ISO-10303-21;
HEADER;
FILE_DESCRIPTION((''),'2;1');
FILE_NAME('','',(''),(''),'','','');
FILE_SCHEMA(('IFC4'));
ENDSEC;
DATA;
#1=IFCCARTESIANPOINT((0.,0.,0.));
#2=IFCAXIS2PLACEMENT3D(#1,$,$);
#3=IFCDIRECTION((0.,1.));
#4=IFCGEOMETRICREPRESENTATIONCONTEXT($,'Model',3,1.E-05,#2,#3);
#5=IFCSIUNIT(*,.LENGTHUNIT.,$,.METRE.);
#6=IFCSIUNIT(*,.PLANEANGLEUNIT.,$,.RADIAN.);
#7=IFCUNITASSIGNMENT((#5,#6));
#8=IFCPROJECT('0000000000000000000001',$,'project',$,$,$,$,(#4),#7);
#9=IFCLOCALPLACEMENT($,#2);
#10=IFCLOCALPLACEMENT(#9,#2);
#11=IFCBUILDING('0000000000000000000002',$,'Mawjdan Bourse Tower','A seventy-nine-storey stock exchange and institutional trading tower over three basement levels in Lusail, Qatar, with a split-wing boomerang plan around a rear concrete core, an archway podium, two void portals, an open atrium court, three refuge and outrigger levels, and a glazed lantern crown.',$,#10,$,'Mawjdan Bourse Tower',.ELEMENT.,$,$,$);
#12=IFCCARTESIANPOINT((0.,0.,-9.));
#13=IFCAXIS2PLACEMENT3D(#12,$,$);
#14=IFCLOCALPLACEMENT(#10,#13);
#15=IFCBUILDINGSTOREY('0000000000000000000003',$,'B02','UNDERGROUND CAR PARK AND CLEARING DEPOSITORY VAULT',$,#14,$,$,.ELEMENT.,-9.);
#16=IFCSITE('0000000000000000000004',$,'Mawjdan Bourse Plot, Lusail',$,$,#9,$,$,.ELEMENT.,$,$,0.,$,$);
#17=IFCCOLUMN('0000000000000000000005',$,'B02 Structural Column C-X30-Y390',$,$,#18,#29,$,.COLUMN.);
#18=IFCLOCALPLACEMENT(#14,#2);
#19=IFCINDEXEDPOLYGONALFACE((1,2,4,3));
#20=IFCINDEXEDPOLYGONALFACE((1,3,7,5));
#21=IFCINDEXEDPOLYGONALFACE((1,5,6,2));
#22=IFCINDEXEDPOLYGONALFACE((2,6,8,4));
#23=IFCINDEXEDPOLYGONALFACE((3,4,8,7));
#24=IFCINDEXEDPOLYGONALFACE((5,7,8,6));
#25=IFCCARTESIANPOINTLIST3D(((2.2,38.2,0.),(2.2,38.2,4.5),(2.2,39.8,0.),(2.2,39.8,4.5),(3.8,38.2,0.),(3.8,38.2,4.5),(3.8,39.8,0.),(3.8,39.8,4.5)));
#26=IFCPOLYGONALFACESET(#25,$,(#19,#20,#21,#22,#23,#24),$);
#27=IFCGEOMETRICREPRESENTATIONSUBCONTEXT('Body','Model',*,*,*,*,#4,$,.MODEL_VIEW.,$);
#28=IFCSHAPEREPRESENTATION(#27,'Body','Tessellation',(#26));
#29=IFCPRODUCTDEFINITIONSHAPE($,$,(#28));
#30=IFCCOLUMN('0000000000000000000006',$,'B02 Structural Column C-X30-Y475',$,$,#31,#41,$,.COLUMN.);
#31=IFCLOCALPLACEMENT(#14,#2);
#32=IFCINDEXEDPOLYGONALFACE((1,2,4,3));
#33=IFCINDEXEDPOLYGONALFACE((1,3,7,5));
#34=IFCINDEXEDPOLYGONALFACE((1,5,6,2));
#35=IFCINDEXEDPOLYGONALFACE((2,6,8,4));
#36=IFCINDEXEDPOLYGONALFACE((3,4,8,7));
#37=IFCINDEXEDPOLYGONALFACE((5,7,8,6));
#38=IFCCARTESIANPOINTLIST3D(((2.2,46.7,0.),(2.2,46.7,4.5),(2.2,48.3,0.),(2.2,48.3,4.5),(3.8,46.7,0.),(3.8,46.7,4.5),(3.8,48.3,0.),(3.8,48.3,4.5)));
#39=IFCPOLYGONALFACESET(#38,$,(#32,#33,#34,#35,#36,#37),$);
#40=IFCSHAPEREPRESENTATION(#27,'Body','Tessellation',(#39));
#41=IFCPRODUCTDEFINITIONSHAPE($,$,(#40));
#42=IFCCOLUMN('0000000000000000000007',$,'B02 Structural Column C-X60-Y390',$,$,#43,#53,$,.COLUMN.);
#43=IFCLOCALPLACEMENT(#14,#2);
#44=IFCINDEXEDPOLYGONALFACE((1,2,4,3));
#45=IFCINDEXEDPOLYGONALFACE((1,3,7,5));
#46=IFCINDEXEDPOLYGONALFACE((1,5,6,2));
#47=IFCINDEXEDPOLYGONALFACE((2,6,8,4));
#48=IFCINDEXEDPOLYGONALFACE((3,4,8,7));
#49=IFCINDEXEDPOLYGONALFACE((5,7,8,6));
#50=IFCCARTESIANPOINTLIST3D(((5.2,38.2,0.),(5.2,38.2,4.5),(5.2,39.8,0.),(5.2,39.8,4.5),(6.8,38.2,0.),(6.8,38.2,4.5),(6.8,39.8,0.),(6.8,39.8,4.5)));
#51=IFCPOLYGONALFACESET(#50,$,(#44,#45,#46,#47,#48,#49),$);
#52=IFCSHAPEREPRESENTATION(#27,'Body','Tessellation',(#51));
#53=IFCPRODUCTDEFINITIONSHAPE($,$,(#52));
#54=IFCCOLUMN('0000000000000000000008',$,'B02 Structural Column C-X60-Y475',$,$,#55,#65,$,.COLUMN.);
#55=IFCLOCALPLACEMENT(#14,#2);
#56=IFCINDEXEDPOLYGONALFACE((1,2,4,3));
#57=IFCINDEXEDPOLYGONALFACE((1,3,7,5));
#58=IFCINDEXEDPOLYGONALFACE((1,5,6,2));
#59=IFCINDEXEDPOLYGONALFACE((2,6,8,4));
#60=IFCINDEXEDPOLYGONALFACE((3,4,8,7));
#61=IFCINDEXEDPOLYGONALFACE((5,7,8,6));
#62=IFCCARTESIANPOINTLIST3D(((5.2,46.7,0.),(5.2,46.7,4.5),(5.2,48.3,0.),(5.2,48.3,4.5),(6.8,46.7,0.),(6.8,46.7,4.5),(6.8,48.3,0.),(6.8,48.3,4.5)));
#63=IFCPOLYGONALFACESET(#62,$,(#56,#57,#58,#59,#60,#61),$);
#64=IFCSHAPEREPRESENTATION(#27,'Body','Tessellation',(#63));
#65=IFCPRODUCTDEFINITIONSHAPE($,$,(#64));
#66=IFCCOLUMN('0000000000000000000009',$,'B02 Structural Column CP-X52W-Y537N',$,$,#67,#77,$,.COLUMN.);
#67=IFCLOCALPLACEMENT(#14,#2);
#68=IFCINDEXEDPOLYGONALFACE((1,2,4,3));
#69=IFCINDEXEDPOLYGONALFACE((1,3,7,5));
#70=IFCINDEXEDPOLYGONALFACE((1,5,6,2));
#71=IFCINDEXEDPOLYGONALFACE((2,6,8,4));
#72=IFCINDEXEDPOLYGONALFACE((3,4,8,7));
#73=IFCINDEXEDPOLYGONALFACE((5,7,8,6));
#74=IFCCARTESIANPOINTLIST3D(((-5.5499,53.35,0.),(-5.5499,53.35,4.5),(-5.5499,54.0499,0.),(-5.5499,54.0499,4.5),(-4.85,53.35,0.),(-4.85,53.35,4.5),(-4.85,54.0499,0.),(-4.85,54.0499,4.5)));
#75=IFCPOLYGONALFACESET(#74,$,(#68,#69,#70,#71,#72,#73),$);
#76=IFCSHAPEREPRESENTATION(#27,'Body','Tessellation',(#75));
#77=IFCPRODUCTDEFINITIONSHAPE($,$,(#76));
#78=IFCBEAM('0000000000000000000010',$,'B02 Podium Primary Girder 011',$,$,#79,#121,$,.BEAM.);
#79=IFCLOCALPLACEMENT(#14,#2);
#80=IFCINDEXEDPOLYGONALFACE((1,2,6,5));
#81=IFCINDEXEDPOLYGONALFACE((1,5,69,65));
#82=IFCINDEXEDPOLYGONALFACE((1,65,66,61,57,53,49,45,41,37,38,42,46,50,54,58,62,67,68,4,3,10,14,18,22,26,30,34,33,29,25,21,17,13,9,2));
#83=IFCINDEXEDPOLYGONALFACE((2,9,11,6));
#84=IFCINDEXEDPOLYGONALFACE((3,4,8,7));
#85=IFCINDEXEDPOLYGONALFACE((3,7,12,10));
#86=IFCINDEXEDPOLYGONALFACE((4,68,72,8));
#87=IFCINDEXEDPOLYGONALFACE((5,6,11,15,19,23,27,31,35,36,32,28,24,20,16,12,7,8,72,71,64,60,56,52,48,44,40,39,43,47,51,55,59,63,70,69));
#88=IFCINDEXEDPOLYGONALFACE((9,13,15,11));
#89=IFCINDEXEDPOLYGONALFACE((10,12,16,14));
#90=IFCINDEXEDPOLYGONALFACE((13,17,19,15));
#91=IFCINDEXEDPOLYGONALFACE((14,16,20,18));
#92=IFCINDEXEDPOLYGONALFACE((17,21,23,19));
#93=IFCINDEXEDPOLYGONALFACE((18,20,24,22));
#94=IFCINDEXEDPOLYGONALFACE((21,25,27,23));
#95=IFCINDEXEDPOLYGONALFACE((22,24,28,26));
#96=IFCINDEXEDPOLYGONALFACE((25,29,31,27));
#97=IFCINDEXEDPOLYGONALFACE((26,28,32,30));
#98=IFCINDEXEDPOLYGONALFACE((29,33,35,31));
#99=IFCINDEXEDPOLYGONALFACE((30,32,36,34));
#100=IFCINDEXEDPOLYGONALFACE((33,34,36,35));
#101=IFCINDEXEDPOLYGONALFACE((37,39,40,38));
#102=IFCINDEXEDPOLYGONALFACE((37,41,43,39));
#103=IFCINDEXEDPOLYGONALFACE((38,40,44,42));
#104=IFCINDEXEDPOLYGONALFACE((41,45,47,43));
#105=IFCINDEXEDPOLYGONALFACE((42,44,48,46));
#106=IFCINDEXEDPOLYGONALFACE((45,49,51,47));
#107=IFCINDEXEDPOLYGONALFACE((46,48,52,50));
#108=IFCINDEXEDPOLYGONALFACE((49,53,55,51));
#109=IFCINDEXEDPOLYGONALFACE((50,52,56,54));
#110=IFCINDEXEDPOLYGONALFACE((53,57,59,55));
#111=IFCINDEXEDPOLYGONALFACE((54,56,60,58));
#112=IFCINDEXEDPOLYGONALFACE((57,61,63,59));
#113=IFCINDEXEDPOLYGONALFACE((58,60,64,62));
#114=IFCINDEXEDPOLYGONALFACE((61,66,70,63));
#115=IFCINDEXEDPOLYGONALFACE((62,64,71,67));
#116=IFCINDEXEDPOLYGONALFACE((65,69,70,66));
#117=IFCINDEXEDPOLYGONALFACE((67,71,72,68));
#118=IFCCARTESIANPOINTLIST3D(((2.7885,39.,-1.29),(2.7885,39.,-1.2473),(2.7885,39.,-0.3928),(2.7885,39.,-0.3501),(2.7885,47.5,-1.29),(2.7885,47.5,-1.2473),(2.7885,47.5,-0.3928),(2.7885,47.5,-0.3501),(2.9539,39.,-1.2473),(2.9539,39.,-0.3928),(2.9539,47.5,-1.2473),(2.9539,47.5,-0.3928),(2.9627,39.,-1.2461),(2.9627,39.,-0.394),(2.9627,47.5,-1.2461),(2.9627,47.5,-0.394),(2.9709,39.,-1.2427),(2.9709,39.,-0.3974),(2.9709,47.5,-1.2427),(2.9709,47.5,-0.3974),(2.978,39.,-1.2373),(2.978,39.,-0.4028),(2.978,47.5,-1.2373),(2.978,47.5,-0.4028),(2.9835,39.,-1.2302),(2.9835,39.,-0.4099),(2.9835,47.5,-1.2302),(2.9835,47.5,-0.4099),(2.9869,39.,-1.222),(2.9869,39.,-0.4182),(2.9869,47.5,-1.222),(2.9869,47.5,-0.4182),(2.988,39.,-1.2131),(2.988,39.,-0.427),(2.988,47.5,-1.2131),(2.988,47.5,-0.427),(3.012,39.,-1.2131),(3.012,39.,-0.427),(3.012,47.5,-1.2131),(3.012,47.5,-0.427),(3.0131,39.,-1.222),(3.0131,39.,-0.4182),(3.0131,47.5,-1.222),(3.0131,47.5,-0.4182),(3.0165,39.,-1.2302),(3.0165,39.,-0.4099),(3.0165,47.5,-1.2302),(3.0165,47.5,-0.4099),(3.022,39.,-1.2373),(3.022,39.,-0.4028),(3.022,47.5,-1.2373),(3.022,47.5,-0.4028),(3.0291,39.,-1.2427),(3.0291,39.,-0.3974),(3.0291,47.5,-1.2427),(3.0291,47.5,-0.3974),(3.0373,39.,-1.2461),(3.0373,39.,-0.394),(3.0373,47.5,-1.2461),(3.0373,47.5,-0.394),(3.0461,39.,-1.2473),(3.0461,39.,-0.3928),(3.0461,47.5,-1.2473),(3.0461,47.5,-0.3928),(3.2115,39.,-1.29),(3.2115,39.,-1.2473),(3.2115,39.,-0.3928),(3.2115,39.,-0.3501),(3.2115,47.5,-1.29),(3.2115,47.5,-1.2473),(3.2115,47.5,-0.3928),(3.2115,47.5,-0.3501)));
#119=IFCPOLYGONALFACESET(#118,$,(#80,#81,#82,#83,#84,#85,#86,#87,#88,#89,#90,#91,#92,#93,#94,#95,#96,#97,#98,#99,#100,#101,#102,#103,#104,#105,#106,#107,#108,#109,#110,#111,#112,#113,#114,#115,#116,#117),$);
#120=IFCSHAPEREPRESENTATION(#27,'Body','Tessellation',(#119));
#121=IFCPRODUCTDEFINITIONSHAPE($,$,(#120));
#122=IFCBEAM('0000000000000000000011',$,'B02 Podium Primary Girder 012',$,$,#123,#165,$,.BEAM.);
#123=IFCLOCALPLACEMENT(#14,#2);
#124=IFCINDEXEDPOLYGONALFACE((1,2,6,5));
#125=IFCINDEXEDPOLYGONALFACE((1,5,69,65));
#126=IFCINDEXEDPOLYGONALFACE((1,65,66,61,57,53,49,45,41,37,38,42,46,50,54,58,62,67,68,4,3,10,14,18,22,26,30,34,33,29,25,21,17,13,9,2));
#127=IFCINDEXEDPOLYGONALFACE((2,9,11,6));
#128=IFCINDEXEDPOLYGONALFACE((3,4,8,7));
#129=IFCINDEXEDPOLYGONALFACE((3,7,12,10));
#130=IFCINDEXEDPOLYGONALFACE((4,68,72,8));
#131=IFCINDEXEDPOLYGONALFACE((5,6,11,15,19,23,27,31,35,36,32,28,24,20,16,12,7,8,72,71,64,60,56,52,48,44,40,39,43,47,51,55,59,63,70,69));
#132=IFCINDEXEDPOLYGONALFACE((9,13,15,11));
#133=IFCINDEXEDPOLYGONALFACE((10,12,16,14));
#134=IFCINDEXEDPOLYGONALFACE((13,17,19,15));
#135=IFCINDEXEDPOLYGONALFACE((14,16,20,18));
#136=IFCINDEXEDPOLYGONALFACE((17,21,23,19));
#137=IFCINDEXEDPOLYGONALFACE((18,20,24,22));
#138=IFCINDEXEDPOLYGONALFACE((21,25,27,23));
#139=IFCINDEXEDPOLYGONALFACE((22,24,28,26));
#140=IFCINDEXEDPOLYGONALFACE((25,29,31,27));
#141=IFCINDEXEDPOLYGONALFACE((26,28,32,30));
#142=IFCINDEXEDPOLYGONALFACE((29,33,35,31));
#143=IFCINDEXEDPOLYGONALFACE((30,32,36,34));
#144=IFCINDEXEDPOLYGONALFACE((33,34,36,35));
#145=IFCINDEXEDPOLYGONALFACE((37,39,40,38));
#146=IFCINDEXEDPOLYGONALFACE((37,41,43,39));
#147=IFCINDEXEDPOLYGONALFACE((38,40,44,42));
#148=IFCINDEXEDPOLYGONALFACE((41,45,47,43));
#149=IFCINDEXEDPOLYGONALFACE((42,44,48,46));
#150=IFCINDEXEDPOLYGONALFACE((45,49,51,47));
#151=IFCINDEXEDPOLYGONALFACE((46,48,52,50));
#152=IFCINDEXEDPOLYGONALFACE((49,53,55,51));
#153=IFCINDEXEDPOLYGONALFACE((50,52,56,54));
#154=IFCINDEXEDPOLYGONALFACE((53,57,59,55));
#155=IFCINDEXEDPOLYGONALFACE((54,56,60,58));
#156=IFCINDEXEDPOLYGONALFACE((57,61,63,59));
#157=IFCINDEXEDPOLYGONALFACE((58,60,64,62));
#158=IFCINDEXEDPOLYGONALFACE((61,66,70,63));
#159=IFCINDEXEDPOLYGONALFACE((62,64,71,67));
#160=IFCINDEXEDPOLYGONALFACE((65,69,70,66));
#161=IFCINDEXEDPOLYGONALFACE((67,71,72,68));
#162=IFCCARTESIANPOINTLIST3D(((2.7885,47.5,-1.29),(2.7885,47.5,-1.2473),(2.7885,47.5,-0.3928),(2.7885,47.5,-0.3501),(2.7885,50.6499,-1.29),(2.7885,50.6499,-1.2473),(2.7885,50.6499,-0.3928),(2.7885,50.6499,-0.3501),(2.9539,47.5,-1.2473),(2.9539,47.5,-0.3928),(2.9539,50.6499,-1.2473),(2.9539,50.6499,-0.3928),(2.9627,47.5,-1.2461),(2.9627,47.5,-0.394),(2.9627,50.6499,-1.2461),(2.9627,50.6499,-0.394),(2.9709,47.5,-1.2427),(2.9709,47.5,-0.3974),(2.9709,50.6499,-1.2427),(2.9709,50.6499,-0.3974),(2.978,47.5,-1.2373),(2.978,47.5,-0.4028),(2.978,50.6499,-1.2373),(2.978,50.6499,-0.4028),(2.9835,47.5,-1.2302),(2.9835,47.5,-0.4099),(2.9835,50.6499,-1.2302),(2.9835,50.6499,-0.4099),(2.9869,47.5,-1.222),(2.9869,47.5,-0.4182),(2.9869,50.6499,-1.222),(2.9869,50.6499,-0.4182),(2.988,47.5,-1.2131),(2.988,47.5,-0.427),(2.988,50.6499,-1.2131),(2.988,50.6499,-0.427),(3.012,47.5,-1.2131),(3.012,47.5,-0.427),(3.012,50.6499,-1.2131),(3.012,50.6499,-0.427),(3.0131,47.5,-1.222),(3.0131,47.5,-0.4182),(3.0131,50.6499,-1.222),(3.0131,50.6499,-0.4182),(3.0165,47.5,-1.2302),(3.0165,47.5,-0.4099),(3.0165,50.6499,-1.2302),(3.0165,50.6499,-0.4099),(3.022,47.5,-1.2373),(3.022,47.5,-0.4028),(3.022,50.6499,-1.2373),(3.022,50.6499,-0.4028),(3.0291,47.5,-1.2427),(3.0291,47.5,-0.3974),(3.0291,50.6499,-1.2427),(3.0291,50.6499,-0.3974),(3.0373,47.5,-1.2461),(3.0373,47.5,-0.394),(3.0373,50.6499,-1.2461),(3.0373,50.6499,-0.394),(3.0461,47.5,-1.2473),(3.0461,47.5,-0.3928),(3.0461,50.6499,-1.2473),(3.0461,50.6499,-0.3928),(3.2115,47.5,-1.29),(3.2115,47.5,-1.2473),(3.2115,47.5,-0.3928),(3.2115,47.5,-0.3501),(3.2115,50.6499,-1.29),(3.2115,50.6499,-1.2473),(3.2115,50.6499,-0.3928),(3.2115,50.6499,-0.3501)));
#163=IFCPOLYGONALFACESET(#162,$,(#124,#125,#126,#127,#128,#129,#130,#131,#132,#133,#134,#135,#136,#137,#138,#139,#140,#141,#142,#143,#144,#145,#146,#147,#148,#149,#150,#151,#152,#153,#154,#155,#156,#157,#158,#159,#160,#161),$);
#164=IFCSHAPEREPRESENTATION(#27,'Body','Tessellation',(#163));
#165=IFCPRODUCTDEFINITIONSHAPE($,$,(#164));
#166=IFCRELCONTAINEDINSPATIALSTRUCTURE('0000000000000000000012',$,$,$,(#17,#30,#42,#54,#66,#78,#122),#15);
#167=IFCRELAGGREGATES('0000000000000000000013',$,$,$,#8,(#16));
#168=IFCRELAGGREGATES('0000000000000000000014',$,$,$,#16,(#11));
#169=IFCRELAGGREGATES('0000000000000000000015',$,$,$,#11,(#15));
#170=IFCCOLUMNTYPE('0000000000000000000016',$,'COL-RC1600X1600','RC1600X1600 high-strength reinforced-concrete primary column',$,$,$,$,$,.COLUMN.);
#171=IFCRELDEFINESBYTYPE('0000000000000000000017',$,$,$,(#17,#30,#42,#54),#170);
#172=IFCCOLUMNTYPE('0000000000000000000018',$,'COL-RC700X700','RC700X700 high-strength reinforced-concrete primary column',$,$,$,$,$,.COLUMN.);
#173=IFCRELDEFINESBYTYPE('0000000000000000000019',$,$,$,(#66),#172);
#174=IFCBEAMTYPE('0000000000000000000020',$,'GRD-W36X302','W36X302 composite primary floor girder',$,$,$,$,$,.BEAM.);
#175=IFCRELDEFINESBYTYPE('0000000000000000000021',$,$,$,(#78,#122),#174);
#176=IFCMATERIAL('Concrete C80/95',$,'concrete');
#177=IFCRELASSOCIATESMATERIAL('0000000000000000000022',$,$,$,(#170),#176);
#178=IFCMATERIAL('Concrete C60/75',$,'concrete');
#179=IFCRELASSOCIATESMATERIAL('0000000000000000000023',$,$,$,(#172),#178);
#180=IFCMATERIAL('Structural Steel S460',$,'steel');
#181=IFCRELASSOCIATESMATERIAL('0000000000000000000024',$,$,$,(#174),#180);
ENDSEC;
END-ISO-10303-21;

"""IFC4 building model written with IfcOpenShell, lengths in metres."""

from ifc_helpers import new_model, si_unit, direction, frame, origin, origin_2d, place, context, subcontext, project, spatial, rectangle, i_section, extrude, material, material_profile, profile_set, type_object, element, save


model = new_model("IFC4")

# Units and contexts
model_context = context("Model", 3, precision=1e-05, world=origin(), true_north=direction((0.0, 1.0)))
body_context = subcontext(model_context, "Body", "Model", "MODEL_VIEW")
ifc_project = project(units=[si_unit("LENGTHUNIT", "METRE"), si_unit("PLANEANGLEUNIT", "RADIAN")], contexts=[model_context])

# Site, building, storey
site_placement = place(None, origin())
site = spatial("IfcSite", under=ifc_project, at=site_placement, Name="Mawjdan Bourse Plot, Lusail", CompositionType="ELEMENT", RefElevation=0.0)
building_placement = place(site_placement, origin())
building = spatial("IfcBuilding", under=site, at=building_placement, Name="Mawjdan Bourse Tower", Description="A seventy-nine-storey stock exchange and institutional trading tower over three basement levels in Lusail, Qatar, with a split-wing boomerang plan around a rear concrete core, an archway podium, two void portals, an open atrium court, three refuge and outrigger levels, and a glazed lantern crown.", LongName="Mawjdan Bourse Tower", CompositionType="ELEMENT")
storey_placement = place(building_placement, frame((0.0, 0.0, -9.0)))
storey = spatial("IfcBuildingStorey", under=building, at=storey_placement, Name="B02", Description="UNDERGROUND CAR PARK AND CLEARING DEPOSITORY VAULT", CompositionType="ELEMENT", Elevation=-9.0)

# Columns
ifc_material_1 = material(Name="Concrete C80/95", Category="concrete")
ifc_material_profile_1 = material_profile(ifc_material_1, rectangle(XDim=1.6001, YDim=1.6001, at=origin_2d()), Name="RC1600X1600")
ifc_profile_set_1 = profile_set([ifc_material_profile_1], Name="Concrete C80/95")
column_type_1 = type_object("IfcColumnType", Name="COL-RC1600X1600", Description="RC1600X1600 high-strength reinforced-concrete primary column", PredefinedType="COLUMN", material=ifc_profile_set_1)
for number, where, z_axis, x_axis, name in (
    (1, (3.0, 39.0, 0.0), (0.0, 0.0, 1.0), (1.0, 0.0, 0.0), "B02 Structural Column C-X30-Y390"),
    (2, (3.0, 47.5, 0.0), (0.0, 0.0, 1.0), (1.0, 0.0, 0.0), "B02 Structural Column C-X30-Y475"),
    (3, (6.0, 39.0, 0.0), (0.0, 0.0, 1.0), (1.0, 0.0, 0.0), "B02 Structural Column C-X60-Y390"),
    (4, (6.0, 47.5, 0.0), (0.0, 0.0, 1.0), (1.0, 0.0, 0.0), "B02 Structural Column C-X60-Y475"),
):
    element("IfcColumn", number, at=place(storey_placement, frame(where, z_axis=z_axis, x_axis=x_axis)), inside=storey, type_object=column_type_1, Name=name, PredefinedType="COLUMN", context=body_context, shape_type="SweptSolid", body=[
        extrude(rectangle(XDim=1.6001, YDim=1.6001, at=origin_2d()), origin(), (0.0, 0.0, 1.0), 4.5),
    ])
ifc_material_2 = material(Name="Concrete C60/75", Category="concrete")
ifc_material_profile_2 = material_profile(ifc_material_2, rectangle(XDim=0.7, YDim=0.7, at=origin_2d()), Name="RC700X700")
ifc_profile_set_2 = profile_set([ifc_material_profile_2], Name="Concrete C60/75")
column_type_2 = type_object("IfcColumnType", Name="COL-RC700X700", Description="RC700X700 high-strength reinforced-concrete primary column", PredefinedType="COLUMN", material=ifc_profile_set_2)
column_placement = place(storey_placement, frame((-5.2, 53.7, 0.0), z_axis=(0.0, 0.0, 1.0), x_axis=(1.0, 0.0, 0.0)))
element("IfcColumn", 5, at=column_placement, inside=storey, type_object=column_type_2, Name="B02 Structural Column CP-X52W-Y537N", PredefinedType="COLUMN", context=body_context, shape_type="SweptSolid", body=[
    extrude(rectangle(XDim=0.7, YDim=0.7, at=origin_2d()), origin(), (0.0, 0.0, 1.0), 4.5),
])

# Beams
ifc_material_3 = material(Name="Structural Steel S460", Category="steel")
ifc_material_profile_3 = material_profile(ifc_material_3, i_section(OverallWidth=0.4231, OverallDepth=0.9399, WebThickness=0.0239, FlangeThickness=0.0427, FilletRadius=0.0342, at=origin_2d()), Name="W36X302")
ifc_profile_set_3 = profile_set([ifc_material_profile_3], Name="Structural Steel S460")
beam_type_1 = type_object("IfcBeamType", Name="GRD-W36X302", Description="W36X302 composite primary floor girder", PredefinedType="BEAM", material=ifc_profile_set_3)
beam_1_placement = place(storey_placement, frame((3.0, 39.0, -0.8201), z_axis=(0.0, 1.0, 0.0), x_axis=(-1.0, 0.0, 0.0)))
element("IfcBeam", 6, at=beam_1_placement, inside=storey, type_object=beam_type_1, Name="B02 Podium Primary Girder 011", PredefinedType="BEAM", context=body_context, shape_type="SweptSolid", body=[
    extrude(i_section(OverallWidth=0.4231, OverallDepth=0.9399, WebThickness=0.0239, FlangeThickness=0.0427, FilletRadius=0.0342, at=origin_2d()), origin(), (0.0, 0.0, 1.0), 8.5),
])
beam_2_placement = place(storey_placement, frame((3.0, 47.5, -0.8201), z_axis=(0.0, 1.0, 0.0), x_axis=(-1.0, 0.0, 0.0)))
element("IfcBeam", 7, at=beam_2_placement, inside=storey, type_object=beam_type_1, Name="B02 Podium Primary Girder 012", PredefinedType="BEAM", context=body_context, shape_type="SweptSolid", body=[
    extrude(i_section(OverallWidth=0.4231, OverallDepth=0.9399, WebThickness=0.0239, FlangeThickness=0.0427, FilletRadius=0.0342, at=origin_2d()), origin(), (0.0, 0.0, 1.0), 3.1499),
])

save(model, "model.ifc")
